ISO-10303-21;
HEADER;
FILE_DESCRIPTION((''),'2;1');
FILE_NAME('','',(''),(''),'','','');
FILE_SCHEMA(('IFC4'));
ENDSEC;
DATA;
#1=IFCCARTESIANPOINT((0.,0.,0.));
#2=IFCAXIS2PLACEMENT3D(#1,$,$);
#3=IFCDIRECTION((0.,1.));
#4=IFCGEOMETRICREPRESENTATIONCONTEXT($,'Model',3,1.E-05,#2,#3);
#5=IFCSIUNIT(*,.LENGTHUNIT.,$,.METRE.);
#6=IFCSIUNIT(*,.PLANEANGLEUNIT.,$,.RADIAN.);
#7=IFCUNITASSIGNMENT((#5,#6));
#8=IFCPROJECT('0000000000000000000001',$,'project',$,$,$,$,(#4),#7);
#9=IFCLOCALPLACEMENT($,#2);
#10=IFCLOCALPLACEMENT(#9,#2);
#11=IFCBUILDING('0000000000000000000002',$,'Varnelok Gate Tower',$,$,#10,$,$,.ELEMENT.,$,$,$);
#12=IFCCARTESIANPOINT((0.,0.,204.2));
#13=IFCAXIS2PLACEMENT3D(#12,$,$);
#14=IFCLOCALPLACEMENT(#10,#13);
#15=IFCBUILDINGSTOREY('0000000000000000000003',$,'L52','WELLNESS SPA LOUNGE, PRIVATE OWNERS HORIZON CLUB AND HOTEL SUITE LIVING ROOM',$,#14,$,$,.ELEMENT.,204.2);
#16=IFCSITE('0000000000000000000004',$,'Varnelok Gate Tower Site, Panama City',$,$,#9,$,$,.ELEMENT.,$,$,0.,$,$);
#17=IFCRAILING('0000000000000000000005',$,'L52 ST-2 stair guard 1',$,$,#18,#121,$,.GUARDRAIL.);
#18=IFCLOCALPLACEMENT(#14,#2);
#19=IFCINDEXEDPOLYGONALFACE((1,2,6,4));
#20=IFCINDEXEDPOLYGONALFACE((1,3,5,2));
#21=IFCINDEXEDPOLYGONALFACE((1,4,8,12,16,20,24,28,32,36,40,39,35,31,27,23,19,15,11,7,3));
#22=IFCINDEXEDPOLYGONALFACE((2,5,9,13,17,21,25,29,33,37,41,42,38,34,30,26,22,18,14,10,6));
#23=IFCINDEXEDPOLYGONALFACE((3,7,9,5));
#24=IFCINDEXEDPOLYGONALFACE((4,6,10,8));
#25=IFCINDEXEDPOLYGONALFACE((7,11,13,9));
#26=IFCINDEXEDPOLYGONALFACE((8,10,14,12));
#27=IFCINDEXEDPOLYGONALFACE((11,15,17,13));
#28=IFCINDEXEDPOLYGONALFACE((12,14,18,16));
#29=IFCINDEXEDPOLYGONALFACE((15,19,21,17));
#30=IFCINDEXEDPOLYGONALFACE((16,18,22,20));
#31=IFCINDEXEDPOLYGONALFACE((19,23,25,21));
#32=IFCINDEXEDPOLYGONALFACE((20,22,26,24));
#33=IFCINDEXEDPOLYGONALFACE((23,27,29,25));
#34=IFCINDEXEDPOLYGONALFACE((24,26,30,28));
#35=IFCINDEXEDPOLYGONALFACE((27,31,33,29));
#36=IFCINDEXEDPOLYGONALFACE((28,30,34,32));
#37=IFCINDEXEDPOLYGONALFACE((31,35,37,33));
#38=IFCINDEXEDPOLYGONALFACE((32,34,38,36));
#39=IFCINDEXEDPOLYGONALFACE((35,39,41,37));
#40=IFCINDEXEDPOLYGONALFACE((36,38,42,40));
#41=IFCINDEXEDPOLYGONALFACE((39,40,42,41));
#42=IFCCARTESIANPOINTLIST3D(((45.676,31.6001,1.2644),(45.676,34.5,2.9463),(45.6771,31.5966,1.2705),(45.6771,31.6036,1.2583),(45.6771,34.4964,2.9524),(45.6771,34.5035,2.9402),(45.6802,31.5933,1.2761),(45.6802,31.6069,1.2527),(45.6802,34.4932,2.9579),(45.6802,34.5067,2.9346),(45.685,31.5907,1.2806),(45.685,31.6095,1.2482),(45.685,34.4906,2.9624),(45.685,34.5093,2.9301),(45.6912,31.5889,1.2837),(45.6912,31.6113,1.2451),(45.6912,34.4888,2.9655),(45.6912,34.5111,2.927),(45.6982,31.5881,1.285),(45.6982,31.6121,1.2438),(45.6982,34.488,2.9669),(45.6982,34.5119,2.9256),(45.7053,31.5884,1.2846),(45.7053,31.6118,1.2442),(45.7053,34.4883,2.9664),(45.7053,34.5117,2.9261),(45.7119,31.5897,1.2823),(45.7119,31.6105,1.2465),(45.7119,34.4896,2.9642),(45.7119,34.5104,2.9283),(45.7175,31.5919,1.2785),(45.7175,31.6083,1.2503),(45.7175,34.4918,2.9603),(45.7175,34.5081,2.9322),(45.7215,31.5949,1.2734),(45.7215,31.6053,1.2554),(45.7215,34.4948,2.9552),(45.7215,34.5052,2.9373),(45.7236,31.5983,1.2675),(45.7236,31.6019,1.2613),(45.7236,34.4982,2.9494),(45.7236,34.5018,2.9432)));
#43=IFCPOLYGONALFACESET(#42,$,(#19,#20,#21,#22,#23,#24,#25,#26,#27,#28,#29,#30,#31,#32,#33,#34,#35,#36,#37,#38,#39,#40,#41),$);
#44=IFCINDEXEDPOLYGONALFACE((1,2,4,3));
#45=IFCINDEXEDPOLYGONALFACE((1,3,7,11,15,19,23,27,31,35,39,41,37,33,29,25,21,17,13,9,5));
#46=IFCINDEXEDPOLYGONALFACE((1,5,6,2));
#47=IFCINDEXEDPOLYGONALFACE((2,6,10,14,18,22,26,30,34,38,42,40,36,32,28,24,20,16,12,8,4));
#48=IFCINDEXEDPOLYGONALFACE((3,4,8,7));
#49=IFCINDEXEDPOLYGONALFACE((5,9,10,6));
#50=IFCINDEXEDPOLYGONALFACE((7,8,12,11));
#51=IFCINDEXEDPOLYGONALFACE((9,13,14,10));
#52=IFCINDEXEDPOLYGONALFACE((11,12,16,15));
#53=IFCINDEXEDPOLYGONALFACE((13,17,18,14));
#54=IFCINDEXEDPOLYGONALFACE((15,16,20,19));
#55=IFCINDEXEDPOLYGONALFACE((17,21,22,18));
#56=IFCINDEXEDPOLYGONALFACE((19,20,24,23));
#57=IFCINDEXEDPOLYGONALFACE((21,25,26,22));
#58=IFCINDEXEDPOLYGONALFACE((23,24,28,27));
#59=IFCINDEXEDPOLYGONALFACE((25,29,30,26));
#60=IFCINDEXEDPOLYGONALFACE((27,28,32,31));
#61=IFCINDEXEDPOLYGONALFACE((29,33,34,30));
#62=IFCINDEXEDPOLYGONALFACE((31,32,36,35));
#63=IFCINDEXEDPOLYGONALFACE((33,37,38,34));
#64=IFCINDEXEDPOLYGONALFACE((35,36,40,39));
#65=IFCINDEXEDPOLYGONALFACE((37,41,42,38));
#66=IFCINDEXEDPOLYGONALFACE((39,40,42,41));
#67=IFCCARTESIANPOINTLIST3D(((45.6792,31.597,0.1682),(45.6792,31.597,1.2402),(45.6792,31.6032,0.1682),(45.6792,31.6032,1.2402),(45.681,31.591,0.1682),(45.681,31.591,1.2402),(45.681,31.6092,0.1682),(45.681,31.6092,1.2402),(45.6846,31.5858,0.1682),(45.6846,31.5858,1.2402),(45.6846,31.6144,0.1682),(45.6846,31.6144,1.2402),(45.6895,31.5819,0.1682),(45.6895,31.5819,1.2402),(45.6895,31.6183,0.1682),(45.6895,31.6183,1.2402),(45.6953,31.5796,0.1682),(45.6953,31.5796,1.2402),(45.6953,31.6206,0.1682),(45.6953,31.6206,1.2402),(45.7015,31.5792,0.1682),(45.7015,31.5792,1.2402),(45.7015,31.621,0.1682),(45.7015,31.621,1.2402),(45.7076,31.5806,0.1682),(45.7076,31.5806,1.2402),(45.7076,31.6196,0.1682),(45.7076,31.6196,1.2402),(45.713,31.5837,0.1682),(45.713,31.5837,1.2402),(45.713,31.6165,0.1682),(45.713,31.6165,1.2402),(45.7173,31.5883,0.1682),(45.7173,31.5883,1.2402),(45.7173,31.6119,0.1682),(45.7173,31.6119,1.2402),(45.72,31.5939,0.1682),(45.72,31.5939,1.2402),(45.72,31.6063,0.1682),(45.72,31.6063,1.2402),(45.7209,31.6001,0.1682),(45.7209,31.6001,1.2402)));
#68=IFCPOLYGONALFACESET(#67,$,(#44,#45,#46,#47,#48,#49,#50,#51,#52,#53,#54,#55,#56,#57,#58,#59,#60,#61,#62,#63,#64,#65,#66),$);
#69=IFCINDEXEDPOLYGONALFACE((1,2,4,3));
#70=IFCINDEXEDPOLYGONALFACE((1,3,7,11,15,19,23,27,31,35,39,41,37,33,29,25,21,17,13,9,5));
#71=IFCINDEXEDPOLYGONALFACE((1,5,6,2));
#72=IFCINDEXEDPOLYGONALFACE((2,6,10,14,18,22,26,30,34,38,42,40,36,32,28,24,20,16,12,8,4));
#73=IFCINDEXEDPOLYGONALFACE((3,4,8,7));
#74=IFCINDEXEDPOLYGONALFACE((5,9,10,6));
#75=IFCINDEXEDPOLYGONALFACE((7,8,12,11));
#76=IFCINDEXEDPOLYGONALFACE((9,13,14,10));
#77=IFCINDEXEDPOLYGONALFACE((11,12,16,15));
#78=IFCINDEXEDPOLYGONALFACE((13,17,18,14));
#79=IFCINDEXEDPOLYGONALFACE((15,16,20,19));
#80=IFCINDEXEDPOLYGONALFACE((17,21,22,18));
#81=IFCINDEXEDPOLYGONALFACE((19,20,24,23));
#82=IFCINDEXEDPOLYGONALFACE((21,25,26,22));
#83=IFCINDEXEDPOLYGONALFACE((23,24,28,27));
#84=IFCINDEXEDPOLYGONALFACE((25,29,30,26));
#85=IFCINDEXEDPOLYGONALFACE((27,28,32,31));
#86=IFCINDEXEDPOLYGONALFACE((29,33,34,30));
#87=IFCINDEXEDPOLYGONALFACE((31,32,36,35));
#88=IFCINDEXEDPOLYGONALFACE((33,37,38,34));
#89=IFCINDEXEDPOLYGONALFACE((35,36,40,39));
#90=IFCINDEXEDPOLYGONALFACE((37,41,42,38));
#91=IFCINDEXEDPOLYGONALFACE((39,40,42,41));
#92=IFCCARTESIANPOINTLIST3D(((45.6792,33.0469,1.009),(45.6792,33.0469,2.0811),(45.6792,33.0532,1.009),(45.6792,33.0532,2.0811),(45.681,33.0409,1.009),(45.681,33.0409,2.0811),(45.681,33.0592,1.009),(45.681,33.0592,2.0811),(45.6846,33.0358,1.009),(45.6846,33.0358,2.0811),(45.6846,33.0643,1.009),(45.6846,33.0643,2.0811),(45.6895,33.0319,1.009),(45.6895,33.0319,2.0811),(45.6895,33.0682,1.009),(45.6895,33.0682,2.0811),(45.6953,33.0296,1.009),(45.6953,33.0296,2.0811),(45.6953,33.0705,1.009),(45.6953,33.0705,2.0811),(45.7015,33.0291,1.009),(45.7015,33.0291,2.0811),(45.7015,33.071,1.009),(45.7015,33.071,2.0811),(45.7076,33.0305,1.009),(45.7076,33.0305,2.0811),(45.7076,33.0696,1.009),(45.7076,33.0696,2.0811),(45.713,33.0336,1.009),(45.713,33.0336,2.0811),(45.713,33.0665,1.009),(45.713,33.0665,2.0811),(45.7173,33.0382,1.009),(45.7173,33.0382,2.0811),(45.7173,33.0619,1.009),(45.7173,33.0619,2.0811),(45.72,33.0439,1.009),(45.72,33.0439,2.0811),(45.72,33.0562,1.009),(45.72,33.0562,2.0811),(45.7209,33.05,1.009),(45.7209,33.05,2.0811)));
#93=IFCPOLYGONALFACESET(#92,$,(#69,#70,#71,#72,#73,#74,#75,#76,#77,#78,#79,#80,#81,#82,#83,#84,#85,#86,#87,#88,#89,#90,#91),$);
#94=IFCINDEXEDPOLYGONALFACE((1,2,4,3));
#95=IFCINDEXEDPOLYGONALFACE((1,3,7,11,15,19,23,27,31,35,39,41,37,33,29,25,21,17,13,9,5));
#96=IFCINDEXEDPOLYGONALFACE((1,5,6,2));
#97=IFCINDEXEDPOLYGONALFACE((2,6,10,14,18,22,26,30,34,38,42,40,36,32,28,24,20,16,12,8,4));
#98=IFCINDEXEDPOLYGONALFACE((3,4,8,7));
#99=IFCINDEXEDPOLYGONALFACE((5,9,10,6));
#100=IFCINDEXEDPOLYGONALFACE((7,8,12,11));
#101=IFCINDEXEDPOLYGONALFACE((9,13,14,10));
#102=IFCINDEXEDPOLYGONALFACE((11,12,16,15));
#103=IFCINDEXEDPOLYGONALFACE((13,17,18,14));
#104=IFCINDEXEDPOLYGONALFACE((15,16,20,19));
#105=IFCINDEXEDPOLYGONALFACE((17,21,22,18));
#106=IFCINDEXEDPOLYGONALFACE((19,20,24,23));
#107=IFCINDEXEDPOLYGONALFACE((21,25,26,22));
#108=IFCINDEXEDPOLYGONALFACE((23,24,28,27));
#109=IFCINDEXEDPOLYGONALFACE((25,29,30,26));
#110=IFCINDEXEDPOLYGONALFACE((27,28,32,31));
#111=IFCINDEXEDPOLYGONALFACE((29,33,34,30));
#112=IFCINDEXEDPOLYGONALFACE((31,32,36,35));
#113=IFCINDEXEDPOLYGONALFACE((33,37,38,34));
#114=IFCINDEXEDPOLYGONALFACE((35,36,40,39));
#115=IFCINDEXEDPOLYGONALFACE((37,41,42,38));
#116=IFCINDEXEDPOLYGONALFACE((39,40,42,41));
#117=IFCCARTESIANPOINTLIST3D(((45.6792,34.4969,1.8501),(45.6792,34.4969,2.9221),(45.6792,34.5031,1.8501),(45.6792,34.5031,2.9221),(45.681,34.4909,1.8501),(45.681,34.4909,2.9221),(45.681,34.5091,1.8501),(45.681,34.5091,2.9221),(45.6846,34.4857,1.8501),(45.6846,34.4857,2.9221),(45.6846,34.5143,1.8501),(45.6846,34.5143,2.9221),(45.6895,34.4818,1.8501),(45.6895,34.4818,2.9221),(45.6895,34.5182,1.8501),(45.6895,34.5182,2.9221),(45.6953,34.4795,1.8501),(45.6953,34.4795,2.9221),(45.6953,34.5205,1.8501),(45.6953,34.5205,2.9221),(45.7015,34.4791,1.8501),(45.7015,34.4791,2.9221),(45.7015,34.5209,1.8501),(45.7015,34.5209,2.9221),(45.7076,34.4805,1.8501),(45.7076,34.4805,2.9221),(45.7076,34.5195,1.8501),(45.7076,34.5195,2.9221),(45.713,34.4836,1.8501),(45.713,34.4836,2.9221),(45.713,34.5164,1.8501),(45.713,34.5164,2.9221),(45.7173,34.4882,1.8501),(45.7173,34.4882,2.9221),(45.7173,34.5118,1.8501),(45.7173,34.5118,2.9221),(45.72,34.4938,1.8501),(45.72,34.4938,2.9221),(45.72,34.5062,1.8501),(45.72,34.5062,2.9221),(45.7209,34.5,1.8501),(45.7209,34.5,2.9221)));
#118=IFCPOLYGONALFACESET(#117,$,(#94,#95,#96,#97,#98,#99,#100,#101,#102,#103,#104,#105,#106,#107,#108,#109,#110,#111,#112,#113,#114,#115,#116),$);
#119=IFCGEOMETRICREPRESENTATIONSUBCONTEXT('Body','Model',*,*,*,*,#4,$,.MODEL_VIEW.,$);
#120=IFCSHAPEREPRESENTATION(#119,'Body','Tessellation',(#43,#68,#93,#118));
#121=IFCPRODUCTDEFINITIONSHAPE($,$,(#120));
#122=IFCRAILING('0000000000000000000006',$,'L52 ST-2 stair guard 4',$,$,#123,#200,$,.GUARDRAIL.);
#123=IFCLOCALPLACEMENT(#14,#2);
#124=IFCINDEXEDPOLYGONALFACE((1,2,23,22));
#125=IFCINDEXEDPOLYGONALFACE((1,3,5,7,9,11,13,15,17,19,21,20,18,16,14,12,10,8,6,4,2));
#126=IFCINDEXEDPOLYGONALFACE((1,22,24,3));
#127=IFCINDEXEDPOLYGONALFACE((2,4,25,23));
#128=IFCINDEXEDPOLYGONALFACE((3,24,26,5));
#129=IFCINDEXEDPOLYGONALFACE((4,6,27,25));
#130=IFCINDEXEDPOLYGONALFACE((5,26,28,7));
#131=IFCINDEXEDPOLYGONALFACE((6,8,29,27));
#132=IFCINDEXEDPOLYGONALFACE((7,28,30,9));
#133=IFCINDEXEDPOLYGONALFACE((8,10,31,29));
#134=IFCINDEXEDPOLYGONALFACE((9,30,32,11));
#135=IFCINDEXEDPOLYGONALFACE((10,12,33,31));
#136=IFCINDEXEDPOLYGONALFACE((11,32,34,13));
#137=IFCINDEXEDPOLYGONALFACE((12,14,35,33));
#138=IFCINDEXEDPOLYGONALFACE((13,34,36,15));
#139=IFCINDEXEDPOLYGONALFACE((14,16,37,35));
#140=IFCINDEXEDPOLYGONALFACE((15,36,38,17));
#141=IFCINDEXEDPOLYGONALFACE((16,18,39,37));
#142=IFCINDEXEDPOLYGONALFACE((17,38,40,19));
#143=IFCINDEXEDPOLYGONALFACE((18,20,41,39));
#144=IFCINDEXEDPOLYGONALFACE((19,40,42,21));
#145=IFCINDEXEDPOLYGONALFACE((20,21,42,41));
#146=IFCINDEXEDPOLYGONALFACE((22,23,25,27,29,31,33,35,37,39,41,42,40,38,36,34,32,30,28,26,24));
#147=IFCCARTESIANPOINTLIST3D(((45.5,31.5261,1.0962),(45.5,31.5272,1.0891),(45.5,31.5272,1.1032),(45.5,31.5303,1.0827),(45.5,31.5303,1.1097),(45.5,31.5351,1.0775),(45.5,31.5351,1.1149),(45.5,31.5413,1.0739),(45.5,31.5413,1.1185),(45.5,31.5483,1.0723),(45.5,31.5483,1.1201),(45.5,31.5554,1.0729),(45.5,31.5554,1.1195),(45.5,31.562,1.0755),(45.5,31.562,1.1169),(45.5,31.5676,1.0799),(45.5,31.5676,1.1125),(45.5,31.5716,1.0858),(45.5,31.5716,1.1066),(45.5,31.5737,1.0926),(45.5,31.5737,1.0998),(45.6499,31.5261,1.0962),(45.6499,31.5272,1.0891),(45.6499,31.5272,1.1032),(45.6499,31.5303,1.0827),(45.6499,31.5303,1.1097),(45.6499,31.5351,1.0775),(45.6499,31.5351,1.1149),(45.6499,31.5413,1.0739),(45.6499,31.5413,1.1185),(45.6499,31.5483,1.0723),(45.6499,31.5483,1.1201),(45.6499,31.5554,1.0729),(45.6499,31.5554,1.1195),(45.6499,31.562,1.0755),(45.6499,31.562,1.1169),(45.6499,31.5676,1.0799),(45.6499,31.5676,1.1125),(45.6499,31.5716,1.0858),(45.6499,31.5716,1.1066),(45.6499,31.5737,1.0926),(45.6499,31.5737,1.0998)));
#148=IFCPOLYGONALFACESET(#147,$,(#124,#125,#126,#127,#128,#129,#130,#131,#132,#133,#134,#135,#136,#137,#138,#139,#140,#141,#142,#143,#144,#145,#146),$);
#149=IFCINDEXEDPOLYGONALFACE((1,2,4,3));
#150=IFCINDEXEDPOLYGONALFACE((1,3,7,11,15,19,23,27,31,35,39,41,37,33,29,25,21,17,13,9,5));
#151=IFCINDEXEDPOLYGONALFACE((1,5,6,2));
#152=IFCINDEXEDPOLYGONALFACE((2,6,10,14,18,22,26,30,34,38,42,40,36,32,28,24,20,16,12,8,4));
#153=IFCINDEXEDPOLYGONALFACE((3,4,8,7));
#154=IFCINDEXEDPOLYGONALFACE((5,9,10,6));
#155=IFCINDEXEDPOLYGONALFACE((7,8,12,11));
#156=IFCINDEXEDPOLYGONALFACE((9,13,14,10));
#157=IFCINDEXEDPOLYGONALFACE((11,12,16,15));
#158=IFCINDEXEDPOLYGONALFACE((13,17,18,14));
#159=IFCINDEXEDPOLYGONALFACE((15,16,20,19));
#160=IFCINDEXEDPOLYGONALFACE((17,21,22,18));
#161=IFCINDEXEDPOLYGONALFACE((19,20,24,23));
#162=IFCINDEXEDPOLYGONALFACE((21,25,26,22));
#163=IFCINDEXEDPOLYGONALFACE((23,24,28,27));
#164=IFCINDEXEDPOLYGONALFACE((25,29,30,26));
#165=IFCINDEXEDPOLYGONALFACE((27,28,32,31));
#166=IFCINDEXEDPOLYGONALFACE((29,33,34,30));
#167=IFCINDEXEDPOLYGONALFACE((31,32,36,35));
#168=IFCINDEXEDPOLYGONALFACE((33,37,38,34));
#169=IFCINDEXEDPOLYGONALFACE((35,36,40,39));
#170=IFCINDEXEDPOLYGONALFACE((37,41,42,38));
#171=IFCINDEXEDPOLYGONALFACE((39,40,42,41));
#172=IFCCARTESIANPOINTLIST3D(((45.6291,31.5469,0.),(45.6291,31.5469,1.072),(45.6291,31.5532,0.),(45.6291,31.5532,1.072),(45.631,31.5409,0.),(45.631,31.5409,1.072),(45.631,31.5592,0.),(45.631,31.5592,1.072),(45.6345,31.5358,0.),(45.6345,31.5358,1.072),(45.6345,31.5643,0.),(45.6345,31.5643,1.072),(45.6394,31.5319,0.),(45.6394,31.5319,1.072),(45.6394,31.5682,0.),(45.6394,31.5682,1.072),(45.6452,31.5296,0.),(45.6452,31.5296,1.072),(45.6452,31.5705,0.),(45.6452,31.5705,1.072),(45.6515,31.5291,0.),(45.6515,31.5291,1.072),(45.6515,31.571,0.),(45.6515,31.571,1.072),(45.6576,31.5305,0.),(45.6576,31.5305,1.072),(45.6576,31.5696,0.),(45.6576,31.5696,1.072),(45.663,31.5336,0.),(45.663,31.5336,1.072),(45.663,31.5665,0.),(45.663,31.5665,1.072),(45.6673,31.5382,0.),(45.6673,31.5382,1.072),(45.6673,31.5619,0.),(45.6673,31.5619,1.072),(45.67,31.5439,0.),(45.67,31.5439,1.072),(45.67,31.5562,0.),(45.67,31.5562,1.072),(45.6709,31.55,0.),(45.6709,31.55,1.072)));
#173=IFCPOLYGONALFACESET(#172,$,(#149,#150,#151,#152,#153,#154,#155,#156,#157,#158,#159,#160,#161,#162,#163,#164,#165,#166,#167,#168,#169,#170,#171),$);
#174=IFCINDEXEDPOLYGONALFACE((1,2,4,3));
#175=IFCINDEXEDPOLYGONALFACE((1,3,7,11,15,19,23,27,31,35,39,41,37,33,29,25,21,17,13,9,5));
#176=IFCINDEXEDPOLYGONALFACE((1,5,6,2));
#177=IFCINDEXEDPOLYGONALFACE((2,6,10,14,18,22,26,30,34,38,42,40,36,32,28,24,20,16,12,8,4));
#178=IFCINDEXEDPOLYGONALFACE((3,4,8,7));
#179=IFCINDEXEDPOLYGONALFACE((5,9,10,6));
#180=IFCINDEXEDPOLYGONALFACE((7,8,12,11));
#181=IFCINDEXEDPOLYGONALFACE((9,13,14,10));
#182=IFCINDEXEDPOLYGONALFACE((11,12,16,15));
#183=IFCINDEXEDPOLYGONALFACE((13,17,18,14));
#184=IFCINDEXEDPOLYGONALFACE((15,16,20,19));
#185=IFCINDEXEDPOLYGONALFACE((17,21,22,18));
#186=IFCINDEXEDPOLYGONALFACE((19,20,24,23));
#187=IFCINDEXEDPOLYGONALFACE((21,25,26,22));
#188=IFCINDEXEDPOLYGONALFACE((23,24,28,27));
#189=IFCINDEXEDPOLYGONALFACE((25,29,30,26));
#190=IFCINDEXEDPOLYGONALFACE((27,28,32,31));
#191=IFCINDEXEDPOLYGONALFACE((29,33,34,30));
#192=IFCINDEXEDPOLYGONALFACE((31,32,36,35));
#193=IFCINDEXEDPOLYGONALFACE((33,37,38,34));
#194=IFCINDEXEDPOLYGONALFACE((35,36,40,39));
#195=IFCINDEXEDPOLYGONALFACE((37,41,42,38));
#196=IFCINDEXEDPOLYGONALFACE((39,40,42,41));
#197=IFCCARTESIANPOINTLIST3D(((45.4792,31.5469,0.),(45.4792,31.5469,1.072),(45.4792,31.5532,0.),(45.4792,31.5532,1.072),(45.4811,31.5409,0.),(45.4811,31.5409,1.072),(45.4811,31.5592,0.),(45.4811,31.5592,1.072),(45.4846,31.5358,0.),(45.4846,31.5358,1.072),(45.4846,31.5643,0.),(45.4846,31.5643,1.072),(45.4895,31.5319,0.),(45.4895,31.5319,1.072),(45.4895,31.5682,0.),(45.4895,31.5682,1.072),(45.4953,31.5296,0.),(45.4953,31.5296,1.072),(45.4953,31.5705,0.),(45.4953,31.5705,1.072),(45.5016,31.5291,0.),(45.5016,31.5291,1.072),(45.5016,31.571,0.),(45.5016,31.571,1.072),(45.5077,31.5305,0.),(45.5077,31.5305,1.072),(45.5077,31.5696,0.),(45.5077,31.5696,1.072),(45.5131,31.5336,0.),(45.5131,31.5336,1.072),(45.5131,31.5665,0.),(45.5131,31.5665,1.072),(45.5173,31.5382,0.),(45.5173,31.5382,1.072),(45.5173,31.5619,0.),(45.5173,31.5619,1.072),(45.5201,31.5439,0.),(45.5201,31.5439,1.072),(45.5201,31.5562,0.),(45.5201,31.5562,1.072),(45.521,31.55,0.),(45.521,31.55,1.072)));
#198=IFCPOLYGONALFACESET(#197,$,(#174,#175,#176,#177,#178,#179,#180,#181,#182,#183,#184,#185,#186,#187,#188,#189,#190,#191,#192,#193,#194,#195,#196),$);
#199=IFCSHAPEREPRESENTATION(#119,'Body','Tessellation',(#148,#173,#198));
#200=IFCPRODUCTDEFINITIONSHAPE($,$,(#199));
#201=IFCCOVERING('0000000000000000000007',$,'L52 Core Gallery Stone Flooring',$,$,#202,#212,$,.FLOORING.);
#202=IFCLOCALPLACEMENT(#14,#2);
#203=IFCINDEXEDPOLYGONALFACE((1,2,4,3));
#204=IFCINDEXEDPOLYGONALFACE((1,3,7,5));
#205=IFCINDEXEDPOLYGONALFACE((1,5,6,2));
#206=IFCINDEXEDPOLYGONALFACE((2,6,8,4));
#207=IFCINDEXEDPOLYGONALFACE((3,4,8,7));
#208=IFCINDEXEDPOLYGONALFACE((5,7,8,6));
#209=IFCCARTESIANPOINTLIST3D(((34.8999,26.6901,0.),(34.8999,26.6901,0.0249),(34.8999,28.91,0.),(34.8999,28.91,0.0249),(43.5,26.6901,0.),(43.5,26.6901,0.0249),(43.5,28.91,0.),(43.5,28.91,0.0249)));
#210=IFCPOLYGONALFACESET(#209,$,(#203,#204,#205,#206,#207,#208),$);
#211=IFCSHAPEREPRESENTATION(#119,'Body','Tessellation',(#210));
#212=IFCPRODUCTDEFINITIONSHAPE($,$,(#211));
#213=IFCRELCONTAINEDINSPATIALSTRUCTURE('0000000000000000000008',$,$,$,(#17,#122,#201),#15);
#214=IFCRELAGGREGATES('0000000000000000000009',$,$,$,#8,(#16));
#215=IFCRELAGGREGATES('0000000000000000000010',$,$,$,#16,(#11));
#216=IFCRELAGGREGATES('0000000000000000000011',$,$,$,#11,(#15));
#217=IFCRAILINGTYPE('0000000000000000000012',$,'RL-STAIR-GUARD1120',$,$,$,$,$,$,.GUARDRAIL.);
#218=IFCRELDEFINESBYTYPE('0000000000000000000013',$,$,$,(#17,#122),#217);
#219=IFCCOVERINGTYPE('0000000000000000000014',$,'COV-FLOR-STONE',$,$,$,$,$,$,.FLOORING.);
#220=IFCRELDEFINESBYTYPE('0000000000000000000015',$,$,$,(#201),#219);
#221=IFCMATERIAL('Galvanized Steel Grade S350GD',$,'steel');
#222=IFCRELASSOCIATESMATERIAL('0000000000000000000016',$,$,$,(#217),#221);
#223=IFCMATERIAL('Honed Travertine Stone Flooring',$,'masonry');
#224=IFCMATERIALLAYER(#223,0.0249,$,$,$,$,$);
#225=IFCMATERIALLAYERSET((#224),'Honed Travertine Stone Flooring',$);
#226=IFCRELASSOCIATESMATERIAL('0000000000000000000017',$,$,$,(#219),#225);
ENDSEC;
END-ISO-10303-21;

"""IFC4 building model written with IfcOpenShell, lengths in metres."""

from ifc_helpers import new_model, si_unit, direction, frame, origin, origin_2d, place, context, subcontext, project, spatial, rectangle, circle, extrude, source, transform, mapped, material, layer, layer_set, type_object, element, save


model = new_model("IFC4")

# Units and contexts
model_context = context("Model", 3, precision=1e-05, world=origin(), true_north=direction((0.0, 1.0)))
body_context = subcontext(model_context, "Body", "Model", "MODEL_VIEW")
ifc_project = project(units=[si_unit("LENGTHUNIT", "METRE"), si_unit("PLANEANGLEUNIT", "RADIAN")], contexts=[model_context])

# Site, building, storey
site_placement = place(None, origin())
site = spatial("IfcSite", under=ifc_project, at=site_placement, Name="Varnelok Gate Tower Site, Panama City", CompositionType="ELEMENT", RefElevation=0.0)
building_placement = place(site_placement, origin())
building = spatial("IfcBuilding", under=site, at=building_placement, Name="Varnelok Gate Tower", CompositionType="ELEMENT")
storey_placement = place(building_placement, frame((0.0, 0.0, 204.2)))
storey = spatial("IfcBuildingStorey", under=building, at=storey_placement, Name="L52", Description="WELLNESS SPA LOUNGE, PRIVATE OWNERS HORIZON CLUB AND HOTEL SUITE LIVING ROOM", CompositionType="ELEMENT", Elevation=204.2)

# Shared definitions
ifc_material_1 = material(Name="Galvanized Steel Grade S350GD", Category="steel")

# Railings
railing_type_1 = type_object("IfcRailingType", Name="RL-STAIR-GUARD1120", PredefinedType="GUARDRAIL", material=ifc_material_1)
railing_1_placement = place(storey_placement, frame((45.7, 31.6001, 0.1682)))
element("IfcRailing", 1, at=railing_1_placement, inside=storey, type_object=railing_type_1, Name="L52 ST-2 stair guard 1", PredefinedType="GUARDRAIL", context=body_context, shape_type="SweptSolid", body=[
    extrude(circle(Radius=0.0239, at=origin_2d()), frame((0.0, 0.0, 1.0962), z_axis=(0.0, 0.865039, 0.501705), x_axis=(-1.0, 0.0, 0.0)), (0.0, 0.0, 1.0), 3.3523),
    extrude(circle(Radius=0.021, at=origin_2d()), origin(), (0.0, 0.0, 1.0), 1.072),
    extrude(circle(Radius=0.021, at=origin_2d()), frame((0.0, 1.45, 0.8408)), (0.0, 0.0, 1.0), 1.072),
    extrude(circle(Radius=0.021, at=origin_2d()), frame((0.0, 2.8999, 1.6819)), (0.0, 0.0, 1.0), 1.072),
])
railing_2_placement = place(storey_placement, frame((45.6499, 31.55, 0.0)))
element("IfcRailing", 2, at=railing_2_placement, inside=storey, type_object=railing_type_1, Name="L52 ST-2 stair guard 4", PredefinedType="GUARDRAIL", context=body_context, shape_type="SweptSolid", body=[
    extrude(circle(Radius=0.0239, at=origin_2d()), frame((0.0, 0.0, 1.0962), z_axis=(-1.0, 0.0, 0.0), x_axis=(0.0, -1.0, 0.0)), (0.0, 0.0, 1.0), 0.1499),
    extrude(circle(Radius=0.021, at=origin_2d()), origin(), (0.0, 0.0, 1.0), 1.072),
    extrude(circle(Radius=0.021, at=origin_2d()), frame((-0.1499, 0.0, 0.0)), (0.0, 0.0, 1.0), 1.072),
])

# Covering
ifc_material_2 = material(Name="Honed Travertine Stone Flooring", Category="masonry")
ifc_layer_1 = layer(ifc_material_2, 0.0249)
ifc_layer_set_1 = layer_set([ifc_layer_1], Name="Honed Travertine Stone Flooring")
covering_type_1 = type_object("IfcCoveringType", Name="COV-FLOR-STONE", PredefinedType="FLOORING", material=ifc_layer_set_1)
shared_shape_1 = source(origin(), body_context, "Body", "SweptSolid", [
    extrude(rectangle(XDim=8.6001, YDim=2.22, at=origin_2d()), origin(), (0.0, 0.0, 1.0), 0.0249),
])
covering_1_placement = place(storey_placement, frame((39.2, 27.8, 0.0), z_axis=(0.0, 0.0, 1.0), x_axis=(1.0, 0.0, 0.0)))
element("IfcCovering", 3, at=covering_1_placement, inside=storey, type_object=covering_type_1, Name="L52 Core Gallery Stone Flooring", PredefinedType="FLOORING", context=body_context, shape_type="MappedRepresentation", body=[
    mapped(shared_shape_1, transform((0.0, 0.0, 0.0), scale=1.0)),
])

save(model, "model.ifc")
